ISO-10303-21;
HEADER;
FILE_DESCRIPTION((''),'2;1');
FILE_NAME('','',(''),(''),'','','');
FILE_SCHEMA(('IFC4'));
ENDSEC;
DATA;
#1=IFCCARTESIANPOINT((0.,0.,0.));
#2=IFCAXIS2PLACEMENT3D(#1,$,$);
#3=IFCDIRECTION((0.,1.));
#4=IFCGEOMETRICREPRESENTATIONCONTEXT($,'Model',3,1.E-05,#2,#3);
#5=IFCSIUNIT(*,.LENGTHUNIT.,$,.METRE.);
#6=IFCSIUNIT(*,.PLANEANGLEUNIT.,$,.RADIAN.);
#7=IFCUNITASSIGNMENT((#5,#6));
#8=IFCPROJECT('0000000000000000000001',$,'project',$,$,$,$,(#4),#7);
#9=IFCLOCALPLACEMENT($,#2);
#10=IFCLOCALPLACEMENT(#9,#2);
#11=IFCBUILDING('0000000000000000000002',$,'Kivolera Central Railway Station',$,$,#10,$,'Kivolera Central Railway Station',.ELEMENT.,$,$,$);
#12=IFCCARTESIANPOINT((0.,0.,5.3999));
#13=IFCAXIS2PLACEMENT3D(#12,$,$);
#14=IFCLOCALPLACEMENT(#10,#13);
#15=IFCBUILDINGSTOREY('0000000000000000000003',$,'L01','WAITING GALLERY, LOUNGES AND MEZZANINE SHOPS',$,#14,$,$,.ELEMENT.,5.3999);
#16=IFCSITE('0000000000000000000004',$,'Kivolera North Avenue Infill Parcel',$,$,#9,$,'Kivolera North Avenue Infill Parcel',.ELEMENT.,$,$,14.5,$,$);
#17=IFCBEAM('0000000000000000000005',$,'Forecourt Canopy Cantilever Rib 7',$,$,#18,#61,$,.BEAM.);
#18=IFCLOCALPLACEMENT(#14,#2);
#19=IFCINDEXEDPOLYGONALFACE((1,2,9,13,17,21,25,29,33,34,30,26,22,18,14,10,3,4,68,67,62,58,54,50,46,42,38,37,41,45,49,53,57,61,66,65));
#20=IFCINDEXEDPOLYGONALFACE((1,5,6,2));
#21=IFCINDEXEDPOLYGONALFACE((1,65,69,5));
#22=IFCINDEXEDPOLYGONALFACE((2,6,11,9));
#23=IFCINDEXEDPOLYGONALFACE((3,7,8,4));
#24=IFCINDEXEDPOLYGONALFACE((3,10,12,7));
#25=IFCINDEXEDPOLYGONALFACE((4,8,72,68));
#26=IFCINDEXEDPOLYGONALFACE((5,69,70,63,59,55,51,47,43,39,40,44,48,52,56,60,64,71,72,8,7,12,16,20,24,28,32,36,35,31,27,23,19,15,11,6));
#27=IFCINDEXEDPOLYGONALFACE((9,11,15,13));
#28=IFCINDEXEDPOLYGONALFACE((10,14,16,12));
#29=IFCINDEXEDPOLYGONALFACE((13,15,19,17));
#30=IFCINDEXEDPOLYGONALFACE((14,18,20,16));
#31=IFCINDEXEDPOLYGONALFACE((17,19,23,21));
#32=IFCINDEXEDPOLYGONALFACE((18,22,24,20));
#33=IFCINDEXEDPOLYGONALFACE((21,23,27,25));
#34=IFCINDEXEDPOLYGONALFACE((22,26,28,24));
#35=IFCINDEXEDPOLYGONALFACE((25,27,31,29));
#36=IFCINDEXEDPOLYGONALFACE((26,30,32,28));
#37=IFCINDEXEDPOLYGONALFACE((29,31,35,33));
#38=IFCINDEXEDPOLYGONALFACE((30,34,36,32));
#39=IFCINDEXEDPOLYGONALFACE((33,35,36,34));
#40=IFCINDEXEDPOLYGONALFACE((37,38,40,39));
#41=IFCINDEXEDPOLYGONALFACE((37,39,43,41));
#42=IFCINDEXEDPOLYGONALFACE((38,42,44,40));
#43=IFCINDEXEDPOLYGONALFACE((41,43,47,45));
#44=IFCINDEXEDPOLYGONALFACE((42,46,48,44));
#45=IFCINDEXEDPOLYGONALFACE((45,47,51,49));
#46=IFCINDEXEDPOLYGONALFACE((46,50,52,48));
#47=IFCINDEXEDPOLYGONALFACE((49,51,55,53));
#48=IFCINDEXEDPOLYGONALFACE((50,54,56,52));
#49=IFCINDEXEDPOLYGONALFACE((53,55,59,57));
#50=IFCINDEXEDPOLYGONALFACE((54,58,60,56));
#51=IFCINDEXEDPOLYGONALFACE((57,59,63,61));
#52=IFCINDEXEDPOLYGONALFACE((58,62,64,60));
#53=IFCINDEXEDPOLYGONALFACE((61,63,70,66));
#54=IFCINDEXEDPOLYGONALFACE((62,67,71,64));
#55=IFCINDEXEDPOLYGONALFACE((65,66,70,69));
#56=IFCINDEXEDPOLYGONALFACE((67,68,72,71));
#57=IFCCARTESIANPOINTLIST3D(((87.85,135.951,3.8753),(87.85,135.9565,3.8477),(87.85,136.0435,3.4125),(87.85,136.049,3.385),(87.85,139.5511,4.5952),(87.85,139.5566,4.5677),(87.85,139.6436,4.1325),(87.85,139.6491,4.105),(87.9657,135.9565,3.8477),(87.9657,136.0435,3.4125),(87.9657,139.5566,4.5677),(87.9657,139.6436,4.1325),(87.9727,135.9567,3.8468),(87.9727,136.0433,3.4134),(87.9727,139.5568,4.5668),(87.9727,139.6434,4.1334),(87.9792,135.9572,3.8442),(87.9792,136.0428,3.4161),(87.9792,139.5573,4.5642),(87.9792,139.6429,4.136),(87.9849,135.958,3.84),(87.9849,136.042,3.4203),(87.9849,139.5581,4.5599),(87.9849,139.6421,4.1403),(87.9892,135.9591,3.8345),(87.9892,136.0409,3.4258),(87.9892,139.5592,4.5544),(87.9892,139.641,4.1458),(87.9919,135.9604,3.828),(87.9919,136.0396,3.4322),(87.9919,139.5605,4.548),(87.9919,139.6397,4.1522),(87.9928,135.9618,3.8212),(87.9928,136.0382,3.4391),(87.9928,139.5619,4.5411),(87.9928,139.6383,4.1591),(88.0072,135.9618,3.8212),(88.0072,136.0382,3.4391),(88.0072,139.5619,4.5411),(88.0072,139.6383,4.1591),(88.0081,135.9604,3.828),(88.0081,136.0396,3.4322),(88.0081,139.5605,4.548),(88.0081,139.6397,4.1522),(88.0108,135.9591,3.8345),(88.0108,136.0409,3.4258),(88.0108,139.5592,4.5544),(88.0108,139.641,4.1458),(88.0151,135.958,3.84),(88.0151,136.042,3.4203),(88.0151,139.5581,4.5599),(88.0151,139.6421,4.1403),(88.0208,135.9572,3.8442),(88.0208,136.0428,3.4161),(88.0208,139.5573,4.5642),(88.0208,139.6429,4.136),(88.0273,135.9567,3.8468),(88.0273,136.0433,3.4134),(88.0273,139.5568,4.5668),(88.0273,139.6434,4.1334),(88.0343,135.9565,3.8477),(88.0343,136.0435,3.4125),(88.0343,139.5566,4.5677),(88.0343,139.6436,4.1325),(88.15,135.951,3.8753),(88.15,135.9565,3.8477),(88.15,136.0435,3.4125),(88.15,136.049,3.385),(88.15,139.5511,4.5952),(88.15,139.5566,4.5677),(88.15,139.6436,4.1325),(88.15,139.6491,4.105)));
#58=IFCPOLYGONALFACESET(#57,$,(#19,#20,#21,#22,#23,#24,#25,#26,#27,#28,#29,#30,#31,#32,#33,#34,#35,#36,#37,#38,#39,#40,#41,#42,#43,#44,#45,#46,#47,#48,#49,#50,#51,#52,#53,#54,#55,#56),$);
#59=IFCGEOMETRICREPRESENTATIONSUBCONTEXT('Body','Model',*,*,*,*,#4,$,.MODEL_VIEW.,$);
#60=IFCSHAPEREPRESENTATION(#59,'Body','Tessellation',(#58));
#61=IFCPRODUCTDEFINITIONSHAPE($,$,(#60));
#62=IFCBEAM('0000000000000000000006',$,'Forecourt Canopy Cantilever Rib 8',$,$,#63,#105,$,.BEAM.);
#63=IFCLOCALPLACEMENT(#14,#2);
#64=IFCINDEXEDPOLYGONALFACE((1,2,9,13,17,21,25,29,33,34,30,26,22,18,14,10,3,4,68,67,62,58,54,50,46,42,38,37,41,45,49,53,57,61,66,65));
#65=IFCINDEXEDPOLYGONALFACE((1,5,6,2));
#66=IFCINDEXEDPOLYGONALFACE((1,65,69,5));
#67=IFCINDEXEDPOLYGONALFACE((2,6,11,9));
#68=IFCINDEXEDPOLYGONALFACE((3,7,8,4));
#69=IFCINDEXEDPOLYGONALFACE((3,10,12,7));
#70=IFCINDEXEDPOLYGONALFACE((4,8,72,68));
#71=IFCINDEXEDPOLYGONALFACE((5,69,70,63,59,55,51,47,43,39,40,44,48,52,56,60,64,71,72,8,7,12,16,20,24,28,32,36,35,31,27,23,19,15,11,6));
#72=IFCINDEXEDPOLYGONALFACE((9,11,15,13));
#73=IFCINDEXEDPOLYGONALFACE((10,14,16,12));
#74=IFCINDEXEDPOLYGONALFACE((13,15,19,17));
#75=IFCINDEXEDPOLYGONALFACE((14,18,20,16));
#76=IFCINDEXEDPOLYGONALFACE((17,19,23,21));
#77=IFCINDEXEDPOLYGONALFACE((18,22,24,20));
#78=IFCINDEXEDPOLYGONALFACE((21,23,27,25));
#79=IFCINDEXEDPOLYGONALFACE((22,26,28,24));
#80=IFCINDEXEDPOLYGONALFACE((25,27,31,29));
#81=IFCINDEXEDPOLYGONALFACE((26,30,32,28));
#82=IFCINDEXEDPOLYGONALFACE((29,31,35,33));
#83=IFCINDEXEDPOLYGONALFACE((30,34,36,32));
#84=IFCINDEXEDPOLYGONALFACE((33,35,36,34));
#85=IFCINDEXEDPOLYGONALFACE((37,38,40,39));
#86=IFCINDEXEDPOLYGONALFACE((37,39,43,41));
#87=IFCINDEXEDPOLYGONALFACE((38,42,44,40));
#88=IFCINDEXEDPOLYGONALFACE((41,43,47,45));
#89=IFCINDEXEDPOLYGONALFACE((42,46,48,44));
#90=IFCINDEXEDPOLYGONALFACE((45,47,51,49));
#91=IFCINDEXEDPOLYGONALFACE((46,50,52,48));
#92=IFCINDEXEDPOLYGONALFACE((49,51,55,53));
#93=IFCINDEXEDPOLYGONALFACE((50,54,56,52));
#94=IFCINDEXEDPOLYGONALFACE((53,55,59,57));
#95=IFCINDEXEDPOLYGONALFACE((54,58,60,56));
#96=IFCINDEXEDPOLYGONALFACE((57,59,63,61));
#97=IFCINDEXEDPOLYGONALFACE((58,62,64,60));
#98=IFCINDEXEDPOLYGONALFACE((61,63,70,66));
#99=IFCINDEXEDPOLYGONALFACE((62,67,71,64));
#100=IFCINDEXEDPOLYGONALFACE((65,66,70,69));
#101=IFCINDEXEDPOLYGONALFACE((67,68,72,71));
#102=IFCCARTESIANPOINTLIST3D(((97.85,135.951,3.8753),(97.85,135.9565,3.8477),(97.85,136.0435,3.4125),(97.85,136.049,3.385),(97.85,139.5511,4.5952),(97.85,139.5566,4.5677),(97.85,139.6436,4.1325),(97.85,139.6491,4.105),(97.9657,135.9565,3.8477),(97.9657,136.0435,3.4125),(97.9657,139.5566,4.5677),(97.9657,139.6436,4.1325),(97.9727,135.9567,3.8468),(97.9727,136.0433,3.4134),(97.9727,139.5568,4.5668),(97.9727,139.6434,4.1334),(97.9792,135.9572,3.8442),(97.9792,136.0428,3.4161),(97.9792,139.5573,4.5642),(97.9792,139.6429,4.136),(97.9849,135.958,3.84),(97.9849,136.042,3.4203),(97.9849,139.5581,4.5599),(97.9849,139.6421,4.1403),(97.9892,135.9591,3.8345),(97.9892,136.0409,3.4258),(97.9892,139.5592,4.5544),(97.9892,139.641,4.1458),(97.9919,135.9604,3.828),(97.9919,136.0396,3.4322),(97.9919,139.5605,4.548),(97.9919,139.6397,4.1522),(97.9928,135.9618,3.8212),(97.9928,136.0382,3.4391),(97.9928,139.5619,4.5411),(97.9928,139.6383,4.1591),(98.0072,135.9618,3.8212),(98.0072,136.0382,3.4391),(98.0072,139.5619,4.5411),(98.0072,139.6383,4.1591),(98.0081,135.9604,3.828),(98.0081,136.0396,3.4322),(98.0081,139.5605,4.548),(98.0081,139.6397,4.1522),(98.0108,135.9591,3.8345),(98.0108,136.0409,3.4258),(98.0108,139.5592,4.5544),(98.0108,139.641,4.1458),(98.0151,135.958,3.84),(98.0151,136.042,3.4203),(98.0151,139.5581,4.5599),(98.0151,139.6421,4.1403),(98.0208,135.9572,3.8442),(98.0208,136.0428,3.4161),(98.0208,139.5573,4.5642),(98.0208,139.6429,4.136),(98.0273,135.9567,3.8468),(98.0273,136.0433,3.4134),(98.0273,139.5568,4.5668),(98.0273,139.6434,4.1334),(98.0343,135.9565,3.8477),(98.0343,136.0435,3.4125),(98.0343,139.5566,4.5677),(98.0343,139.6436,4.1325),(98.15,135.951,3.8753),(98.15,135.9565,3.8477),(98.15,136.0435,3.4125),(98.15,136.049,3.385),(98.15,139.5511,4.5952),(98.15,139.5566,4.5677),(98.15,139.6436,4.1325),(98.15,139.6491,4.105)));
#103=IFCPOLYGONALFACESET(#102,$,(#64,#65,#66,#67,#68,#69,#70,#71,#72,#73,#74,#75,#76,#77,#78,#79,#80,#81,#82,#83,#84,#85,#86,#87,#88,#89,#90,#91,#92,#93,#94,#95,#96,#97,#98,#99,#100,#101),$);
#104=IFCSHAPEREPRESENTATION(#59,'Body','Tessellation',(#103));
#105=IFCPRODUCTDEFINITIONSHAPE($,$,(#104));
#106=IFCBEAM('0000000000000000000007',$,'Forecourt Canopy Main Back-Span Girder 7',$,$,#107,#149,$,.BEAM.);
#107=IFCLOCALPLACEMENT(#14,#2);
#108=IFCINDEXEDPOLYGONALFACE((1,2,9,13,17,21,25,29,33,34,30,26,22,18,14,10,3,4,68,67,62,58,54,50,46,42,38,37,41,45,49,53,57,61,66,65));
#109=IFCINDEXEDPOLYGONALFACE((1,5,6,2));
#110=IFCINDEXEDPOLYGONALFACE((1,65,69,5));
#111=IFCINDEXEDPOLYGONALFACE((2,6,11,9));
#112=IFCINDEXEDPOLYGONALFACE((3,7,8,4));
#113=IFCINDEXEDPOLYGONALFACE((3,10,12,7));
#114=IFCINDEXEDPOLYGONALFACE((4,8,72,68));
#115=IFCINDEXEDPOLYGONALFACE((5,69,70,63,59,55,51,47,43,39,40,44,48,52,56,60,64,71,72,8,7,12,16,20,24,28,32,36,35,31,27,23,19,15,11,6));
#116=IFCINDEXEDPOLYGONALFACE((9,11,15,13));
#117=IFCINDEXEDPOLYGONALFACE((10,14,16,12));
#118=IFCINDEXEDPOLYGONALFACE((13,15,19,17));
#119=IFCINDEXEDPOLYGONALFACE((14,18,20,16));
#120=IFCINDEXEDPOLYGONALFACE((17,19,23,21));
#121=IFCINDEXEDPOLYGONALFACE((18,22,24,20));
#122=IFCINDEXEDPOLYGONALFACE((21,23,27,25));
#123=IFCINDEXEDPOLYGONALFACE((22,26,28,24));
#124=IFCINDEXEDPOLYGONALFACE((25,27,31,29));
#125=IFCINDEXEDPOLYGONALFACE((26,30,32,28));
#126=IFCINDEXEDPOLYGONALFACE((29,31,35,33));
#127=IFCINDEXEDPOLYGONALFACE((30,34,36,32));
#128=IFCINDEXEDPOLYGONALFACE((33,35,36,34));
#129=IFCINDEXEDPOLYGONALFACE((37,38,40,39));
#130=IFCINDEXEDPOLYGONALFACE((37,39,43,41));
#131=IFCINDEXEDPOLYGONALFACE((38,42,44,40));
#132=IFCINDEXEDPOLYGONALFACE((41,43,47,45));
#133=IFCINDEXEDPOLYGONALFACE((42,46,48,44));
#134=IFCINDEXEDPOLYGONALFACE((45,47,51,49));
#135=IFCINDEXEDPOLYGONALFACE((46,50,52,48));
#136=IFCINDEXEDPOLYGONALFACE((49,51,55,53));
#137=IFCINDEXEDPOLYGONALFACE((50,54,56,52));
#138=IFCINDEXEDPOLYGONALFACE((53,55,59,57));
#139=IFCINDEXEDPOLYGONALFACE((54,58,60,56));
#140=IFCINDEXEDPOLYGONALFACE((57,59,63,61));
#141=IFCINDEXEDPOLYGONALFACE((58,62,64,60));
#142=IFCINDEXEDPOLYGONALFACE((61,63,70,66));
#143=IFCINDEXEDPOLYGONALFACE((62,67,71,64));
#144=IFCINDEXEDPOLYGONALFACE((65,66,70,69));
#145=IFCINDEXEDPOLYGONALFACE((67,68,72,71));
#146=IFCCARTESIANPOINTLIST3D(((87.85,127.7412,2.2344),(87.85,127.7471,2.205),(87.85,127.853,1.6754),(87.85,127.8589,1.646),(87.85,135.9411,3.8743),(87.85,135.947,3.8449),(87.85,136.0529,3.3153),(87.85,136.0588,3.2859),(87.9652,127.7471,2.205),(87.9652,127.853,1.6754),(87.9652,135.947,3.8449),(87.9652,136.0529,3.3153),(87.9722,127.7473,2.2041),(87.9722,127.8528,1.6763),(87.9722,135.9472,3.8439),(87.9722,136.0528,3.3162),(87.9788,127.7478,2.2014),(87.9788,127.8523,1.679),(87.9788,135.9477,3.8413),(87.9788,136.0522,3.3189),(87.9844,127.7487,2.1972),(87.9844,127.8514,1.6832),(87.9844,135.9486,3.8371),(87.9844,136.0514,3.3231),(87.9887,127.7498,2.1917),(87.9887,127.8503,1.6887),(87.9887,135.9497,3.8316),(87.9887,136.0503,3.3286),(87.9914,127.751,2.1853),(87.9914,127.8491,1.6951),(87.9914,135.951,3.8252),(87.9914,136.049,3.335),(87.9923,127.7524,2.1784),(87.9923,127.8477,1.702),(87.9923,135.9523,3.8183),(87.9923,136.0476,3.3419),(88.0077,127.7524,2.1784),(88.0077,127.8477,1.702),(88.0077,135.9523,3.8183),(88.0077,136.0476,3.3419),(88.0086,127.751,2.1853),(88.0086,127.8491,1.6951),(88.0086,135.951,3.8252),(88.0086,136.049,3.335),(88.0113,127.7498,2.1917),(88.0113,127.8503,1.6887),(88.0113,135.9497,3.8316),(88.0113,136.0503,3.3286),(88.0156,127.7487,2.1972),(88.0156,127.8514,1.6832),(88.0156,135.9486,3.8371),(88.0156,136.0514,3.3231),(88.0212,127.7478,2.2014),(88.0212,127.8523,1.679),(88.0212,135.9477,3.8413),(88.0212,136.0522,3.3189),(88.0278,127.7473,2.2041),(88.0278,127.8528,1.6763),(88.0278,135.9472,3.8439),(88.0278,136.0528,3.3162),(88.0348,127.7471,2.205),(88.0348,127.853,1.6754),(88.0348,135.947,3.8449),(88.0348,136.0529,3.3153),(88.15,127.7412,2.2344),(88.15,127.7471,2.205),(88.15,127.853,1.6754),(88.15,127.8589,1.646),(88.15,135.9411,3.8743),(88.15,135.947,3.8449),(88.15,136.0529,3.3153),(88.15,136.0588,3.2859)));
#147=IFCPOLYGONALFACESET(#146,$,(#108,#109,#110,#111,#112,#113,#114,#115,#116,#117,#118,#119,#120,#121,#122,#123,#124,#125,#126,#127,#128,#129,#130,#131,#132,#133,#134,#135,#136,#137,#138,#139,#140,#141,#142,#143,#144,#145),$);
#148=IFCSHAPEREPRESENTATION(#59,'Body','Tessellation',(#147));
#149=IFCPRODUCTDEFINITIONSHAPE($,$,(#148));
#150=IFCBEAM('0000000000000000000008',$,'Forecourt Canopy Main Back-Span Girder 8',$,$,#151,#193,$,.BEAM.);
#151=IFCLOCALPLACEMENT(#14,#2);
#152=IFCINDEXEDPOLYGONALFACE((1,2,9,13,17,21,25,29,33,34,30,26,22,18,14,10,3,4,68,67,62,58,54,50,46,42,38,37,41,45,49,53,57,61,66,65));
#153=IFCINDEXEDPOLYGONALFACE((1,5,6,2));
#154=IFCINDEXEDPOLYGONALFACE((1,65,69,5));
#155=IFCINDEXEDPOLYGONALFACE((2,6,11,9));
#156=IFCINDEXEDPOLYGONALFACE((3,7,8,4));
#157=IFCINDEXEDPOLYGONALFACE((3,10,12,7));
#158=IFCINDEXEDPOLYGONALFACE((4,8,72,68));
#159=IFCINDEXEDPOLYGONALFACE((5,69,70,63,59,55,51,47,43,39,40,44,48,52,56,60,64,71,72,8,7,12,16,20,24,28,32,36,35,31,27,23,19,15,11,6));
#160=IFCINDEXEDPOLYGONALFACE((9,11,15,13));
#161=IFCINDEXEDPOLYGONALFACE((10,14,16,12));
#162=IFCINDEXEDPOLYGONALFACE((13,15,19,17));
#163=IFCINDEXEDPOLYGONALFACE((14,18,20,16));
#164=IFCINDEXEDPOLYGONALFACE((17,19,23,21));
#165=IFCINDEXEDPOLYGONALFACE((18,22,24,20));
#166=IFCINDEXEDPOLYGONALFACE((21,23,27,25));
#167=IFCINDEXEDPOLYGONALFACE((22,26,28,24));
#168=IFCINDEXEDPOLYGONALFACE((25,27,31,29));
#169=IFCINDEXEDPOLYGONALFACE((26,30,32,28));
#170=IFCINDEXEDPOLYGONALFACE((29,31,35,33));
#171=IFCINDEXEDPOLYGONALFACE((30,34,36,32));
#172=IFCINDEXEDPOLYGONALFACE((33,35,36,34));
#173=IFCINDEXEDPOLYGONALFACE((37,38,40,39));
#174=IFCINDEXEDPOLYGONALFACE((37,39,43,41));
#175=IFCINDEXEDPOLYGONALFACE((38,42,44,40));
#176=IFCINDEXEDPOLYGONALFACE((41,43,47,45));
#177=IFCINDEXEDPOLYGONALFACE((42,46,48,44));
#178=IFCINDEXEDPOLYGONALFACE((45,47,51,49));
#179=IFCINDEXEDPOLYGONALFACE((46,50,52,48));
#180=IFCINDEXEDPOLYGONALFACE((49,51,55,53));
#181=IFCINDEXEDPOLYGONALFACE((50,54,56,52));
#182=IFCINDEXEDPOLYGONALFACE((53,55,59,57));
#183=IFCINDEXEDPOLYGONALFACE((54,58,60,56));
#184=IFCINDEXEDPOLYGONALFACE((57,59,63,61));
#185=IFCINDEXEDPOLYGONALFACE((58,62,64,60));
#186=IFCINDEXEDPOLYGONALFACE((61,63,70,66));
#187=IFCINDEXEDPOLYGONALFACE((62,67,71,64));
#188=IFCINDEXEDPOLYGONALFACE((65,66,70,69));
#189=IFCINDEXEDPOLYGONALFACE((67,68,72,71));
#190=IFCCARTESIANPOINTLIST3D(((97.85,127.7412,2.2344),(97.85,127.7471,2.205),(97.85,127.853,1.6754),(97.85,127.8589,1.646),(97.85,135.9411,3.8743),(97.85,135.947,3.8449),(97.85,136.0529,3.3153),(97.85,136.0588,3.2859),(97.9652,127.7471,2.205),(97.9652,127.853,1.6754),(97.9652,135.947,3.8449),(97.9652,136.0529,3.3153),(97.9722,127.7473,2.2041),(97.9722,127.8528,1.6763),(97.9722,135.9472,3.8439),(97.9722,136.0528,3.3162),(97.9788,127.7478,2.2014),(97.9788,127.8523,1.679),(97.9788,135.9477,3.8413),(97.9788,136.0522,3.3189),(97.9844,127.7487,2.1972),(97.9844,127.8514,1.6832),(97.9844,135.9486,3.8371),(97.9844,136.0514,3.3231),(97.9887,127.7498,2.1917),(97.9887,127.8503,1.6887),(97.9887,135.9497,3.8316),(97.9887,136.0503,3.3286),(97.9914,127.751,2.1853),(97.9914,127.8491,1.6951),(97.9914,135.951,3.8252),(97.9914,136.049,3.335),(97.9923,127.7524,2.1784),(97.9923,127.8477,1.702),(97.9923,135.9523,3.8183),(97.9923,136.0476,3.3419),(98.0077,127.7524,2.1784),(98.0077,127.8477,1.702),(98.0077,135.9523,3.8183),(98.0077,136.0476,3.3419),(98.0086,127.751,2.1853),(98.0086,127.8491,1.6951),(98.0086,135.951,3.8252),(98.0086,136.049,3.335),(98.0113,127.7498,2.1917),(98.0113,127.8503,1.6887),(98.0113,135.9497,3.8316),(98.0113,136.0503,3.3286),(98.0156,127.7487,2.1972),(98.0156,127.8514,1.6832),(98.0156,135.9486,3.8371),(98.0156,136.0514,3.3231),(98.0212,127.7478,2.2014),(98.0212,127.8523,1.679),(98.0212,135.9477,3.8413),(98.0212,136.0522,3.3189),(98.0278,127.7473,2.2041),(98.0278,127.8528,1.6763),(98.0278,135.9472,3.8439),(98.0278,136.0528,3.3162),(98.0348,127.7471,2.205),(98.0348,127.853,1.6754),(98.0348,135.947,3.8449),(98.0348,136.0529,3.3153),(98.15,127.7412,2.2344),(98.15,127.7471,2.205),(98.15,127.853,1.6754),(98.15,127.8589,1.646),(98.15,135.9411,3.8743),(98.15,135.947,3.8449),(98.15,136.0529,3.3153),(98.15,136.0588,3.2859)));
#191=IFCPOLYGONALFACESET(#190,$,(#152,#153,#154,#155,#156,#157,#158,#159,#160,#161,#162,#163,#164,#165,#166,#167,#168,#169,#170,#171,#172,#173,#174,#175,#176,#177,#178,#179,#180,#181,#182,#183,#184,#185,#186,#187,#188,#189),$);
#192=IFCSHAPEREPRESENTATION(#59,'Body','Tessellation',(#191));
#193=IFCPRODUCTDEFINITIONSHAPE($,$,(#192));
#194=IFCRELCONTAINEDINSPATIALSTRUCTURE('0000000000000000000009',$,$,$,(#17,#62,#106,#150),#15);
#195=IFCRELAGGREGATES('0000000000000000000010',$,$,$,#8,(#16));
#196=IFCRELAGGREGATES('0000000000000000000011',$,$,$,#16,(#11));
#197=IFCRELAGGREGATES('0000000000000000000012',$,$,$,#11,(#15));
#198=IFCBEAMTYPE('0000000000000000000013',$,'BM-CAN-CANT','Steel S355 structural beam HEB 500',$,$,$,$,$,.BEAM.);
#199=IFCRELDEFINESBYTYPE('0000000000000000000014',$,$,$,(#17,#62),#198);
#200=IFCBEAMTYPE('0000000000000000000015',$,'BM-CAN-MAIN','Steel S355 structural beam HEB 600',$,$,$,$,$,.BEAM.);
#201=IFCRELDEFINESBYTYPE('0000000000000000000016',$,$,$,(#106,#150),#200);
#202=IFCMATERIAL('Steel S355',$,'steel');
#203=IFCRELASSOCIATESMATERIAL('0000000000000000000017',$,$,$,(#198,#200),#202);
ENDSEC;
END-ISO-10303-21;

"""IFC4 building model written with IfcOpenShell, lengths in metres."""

from ifc_helpers import new_model, si_unit, direction, frame, origin, origin_2d, place, context, subcontext, project, spatial, i_section, extrude, material, material_profile, profile_set, type_object, element, save


model = new_model("IFC4")

# Units and contexts
model_context = context("Model", 3, precision=1e-05, world=origin(), true_north=direction((0.0, 1.0)))
body_context = subcontext(model_context, "Body", "Model", "MODEL_VIEW")
ifc_project = project(units=[si_unit("LENGTHUNIT", "METRE"), si_unit("PLANEANGLEUNIT", "RADIAN")], contexts=[model_context])

# Site, building, storey
site_placement = place(None, origin())
site = spatial("IfcSite", under=ifc_project, at=site_placement, Name="Kivolera North Avenue Infill Parcel", LongName="Kivolera North Avenue Infill Parcel", CompositionType="ELEMENT", RefElevation=14.5)
building_placement = place(site_placement, origin())
building = spatial("IfcBuilding", under=site, at=building_placement, Name="Kivolera Central Railway Station", LongName="Kivolera Central Railway Station", CompositionType="ELEMENT")
storey_placement = place(building_placement, frame((0.0, 0.0, 5.3999)))
storey = spatial("IfcBuildingStorey", under=building, at=storey_placement, Name="L01", Description="WAITING GALLERY, LOUNGES AND MEZZANINE SHOPS", CompositionType="ELEMENT", Elevation=5.3999)

# Shared definitions
ifc_material_1 = material(Name="Steel S355", Category="steel")

# Beams
ifc_material_profile_1 = material_profile(ifc_material_1, i_section(OverallWidth=0.3, OverallDepth=0.5, WebThickness=0.0144, FlangeThickness=0.0281, FilletRadius=0.0271, at=origin_2d()), Name="HEB 500")
ifc_profile_set_1 = profile_set([ifc_material_profile_1], Name="Steel S355")
beam_type_1 = type_object("IfcBeamType", Name="BM-CAN-CANT", Description="Steel S355 structural beam HEB 500", PredefinedType="BEAM", material=ifc_profile_set_1)
for number, where, z_axis, x_axis, name in (
    (1, (88.0, 136.0, 3.6301), (0.0, 0.980583, 0.196103), (-1.0, 0.0, 0.0), "Forecourt Canopy Cantilever Rib 7"),
    (2, (98.0, 136.0, 3.6301), (0.0, 0.980583, 0.196103), (-1.0, 0.0, 0.0), "Forecourt Canopy Cantilever Rib 8"),
):
    element("IfcBeam", number, at=place(storey_placement, frame(where, z_axis=z_axis, x_axis=x_axis)), inside=storey, type_object=beam_type_1, Name=name, PredefinedType="BEAM", context=body_context, shape_type="SweptSolid", body=[
        extrude(i_section(OverallWidth=0.3, OverallDepth=0.5, WebThickness=0.0144, FlangeThickness=0.0281, FilletRadius=0.0271, at=origin_2d()), origin(), (0.0, 0.0, 1.0), 3.6714),
    ])
ifc_material_profile_2 = material_profile(ifc_material_1, i_section(OverallWidth=0.3, OverallDepth=0.6001, WebThickness=0.0154, FlangeThickness=0.03, FilletRadius=0.0271, at=origin_2d()), Name="HEB 600")
ifc_profile_set_2 = profile_set([ifc_material_profile_2], Name="Steel S355")
beam_type_2 = type_object("IfcBeamType", Name="BM-CAN-MAIN", Description="Steel S355 structural beam HEB 600", PredefinedType="BEAM", material=ifc_profile_set_2)
for number, where, z_axis, x_axis, name in (
    (3, (88.0, 127.8, 1.9402), (0.0, 0.980583, 0.196105), (-1.0, 0.0, 0.0), "Forecourt Canopy Main Back-Span Girder 7"),
    (4, (98.0, 127.8, 1.9402), (0.0, 0.980583, 0.196105), (-1.0, 0.0, 0.0), "Forecourt Canopy Main Back-Span Girder 8"),
):
    element("IfcBeam", number, at=place(storey_placement, frame(where, z_axis=z_axis, x_axis=x_axis)), inside=storey, type_object=beam_type_2, Name=name, PredefinedType="BEAM", context=body_context, shape_type="SweptSolid", body=[
        extrude(i_section(OverallWidth=0.3, OverallDepth=0.6001, WebThickness=0.0154, FlangeThickness=0.03, FilletRadius=0.0271, at=origin_2d()), origin(), (0.0, 0.0, 1.0), 8.3623),
    ])

save(model, "model.ifc")
